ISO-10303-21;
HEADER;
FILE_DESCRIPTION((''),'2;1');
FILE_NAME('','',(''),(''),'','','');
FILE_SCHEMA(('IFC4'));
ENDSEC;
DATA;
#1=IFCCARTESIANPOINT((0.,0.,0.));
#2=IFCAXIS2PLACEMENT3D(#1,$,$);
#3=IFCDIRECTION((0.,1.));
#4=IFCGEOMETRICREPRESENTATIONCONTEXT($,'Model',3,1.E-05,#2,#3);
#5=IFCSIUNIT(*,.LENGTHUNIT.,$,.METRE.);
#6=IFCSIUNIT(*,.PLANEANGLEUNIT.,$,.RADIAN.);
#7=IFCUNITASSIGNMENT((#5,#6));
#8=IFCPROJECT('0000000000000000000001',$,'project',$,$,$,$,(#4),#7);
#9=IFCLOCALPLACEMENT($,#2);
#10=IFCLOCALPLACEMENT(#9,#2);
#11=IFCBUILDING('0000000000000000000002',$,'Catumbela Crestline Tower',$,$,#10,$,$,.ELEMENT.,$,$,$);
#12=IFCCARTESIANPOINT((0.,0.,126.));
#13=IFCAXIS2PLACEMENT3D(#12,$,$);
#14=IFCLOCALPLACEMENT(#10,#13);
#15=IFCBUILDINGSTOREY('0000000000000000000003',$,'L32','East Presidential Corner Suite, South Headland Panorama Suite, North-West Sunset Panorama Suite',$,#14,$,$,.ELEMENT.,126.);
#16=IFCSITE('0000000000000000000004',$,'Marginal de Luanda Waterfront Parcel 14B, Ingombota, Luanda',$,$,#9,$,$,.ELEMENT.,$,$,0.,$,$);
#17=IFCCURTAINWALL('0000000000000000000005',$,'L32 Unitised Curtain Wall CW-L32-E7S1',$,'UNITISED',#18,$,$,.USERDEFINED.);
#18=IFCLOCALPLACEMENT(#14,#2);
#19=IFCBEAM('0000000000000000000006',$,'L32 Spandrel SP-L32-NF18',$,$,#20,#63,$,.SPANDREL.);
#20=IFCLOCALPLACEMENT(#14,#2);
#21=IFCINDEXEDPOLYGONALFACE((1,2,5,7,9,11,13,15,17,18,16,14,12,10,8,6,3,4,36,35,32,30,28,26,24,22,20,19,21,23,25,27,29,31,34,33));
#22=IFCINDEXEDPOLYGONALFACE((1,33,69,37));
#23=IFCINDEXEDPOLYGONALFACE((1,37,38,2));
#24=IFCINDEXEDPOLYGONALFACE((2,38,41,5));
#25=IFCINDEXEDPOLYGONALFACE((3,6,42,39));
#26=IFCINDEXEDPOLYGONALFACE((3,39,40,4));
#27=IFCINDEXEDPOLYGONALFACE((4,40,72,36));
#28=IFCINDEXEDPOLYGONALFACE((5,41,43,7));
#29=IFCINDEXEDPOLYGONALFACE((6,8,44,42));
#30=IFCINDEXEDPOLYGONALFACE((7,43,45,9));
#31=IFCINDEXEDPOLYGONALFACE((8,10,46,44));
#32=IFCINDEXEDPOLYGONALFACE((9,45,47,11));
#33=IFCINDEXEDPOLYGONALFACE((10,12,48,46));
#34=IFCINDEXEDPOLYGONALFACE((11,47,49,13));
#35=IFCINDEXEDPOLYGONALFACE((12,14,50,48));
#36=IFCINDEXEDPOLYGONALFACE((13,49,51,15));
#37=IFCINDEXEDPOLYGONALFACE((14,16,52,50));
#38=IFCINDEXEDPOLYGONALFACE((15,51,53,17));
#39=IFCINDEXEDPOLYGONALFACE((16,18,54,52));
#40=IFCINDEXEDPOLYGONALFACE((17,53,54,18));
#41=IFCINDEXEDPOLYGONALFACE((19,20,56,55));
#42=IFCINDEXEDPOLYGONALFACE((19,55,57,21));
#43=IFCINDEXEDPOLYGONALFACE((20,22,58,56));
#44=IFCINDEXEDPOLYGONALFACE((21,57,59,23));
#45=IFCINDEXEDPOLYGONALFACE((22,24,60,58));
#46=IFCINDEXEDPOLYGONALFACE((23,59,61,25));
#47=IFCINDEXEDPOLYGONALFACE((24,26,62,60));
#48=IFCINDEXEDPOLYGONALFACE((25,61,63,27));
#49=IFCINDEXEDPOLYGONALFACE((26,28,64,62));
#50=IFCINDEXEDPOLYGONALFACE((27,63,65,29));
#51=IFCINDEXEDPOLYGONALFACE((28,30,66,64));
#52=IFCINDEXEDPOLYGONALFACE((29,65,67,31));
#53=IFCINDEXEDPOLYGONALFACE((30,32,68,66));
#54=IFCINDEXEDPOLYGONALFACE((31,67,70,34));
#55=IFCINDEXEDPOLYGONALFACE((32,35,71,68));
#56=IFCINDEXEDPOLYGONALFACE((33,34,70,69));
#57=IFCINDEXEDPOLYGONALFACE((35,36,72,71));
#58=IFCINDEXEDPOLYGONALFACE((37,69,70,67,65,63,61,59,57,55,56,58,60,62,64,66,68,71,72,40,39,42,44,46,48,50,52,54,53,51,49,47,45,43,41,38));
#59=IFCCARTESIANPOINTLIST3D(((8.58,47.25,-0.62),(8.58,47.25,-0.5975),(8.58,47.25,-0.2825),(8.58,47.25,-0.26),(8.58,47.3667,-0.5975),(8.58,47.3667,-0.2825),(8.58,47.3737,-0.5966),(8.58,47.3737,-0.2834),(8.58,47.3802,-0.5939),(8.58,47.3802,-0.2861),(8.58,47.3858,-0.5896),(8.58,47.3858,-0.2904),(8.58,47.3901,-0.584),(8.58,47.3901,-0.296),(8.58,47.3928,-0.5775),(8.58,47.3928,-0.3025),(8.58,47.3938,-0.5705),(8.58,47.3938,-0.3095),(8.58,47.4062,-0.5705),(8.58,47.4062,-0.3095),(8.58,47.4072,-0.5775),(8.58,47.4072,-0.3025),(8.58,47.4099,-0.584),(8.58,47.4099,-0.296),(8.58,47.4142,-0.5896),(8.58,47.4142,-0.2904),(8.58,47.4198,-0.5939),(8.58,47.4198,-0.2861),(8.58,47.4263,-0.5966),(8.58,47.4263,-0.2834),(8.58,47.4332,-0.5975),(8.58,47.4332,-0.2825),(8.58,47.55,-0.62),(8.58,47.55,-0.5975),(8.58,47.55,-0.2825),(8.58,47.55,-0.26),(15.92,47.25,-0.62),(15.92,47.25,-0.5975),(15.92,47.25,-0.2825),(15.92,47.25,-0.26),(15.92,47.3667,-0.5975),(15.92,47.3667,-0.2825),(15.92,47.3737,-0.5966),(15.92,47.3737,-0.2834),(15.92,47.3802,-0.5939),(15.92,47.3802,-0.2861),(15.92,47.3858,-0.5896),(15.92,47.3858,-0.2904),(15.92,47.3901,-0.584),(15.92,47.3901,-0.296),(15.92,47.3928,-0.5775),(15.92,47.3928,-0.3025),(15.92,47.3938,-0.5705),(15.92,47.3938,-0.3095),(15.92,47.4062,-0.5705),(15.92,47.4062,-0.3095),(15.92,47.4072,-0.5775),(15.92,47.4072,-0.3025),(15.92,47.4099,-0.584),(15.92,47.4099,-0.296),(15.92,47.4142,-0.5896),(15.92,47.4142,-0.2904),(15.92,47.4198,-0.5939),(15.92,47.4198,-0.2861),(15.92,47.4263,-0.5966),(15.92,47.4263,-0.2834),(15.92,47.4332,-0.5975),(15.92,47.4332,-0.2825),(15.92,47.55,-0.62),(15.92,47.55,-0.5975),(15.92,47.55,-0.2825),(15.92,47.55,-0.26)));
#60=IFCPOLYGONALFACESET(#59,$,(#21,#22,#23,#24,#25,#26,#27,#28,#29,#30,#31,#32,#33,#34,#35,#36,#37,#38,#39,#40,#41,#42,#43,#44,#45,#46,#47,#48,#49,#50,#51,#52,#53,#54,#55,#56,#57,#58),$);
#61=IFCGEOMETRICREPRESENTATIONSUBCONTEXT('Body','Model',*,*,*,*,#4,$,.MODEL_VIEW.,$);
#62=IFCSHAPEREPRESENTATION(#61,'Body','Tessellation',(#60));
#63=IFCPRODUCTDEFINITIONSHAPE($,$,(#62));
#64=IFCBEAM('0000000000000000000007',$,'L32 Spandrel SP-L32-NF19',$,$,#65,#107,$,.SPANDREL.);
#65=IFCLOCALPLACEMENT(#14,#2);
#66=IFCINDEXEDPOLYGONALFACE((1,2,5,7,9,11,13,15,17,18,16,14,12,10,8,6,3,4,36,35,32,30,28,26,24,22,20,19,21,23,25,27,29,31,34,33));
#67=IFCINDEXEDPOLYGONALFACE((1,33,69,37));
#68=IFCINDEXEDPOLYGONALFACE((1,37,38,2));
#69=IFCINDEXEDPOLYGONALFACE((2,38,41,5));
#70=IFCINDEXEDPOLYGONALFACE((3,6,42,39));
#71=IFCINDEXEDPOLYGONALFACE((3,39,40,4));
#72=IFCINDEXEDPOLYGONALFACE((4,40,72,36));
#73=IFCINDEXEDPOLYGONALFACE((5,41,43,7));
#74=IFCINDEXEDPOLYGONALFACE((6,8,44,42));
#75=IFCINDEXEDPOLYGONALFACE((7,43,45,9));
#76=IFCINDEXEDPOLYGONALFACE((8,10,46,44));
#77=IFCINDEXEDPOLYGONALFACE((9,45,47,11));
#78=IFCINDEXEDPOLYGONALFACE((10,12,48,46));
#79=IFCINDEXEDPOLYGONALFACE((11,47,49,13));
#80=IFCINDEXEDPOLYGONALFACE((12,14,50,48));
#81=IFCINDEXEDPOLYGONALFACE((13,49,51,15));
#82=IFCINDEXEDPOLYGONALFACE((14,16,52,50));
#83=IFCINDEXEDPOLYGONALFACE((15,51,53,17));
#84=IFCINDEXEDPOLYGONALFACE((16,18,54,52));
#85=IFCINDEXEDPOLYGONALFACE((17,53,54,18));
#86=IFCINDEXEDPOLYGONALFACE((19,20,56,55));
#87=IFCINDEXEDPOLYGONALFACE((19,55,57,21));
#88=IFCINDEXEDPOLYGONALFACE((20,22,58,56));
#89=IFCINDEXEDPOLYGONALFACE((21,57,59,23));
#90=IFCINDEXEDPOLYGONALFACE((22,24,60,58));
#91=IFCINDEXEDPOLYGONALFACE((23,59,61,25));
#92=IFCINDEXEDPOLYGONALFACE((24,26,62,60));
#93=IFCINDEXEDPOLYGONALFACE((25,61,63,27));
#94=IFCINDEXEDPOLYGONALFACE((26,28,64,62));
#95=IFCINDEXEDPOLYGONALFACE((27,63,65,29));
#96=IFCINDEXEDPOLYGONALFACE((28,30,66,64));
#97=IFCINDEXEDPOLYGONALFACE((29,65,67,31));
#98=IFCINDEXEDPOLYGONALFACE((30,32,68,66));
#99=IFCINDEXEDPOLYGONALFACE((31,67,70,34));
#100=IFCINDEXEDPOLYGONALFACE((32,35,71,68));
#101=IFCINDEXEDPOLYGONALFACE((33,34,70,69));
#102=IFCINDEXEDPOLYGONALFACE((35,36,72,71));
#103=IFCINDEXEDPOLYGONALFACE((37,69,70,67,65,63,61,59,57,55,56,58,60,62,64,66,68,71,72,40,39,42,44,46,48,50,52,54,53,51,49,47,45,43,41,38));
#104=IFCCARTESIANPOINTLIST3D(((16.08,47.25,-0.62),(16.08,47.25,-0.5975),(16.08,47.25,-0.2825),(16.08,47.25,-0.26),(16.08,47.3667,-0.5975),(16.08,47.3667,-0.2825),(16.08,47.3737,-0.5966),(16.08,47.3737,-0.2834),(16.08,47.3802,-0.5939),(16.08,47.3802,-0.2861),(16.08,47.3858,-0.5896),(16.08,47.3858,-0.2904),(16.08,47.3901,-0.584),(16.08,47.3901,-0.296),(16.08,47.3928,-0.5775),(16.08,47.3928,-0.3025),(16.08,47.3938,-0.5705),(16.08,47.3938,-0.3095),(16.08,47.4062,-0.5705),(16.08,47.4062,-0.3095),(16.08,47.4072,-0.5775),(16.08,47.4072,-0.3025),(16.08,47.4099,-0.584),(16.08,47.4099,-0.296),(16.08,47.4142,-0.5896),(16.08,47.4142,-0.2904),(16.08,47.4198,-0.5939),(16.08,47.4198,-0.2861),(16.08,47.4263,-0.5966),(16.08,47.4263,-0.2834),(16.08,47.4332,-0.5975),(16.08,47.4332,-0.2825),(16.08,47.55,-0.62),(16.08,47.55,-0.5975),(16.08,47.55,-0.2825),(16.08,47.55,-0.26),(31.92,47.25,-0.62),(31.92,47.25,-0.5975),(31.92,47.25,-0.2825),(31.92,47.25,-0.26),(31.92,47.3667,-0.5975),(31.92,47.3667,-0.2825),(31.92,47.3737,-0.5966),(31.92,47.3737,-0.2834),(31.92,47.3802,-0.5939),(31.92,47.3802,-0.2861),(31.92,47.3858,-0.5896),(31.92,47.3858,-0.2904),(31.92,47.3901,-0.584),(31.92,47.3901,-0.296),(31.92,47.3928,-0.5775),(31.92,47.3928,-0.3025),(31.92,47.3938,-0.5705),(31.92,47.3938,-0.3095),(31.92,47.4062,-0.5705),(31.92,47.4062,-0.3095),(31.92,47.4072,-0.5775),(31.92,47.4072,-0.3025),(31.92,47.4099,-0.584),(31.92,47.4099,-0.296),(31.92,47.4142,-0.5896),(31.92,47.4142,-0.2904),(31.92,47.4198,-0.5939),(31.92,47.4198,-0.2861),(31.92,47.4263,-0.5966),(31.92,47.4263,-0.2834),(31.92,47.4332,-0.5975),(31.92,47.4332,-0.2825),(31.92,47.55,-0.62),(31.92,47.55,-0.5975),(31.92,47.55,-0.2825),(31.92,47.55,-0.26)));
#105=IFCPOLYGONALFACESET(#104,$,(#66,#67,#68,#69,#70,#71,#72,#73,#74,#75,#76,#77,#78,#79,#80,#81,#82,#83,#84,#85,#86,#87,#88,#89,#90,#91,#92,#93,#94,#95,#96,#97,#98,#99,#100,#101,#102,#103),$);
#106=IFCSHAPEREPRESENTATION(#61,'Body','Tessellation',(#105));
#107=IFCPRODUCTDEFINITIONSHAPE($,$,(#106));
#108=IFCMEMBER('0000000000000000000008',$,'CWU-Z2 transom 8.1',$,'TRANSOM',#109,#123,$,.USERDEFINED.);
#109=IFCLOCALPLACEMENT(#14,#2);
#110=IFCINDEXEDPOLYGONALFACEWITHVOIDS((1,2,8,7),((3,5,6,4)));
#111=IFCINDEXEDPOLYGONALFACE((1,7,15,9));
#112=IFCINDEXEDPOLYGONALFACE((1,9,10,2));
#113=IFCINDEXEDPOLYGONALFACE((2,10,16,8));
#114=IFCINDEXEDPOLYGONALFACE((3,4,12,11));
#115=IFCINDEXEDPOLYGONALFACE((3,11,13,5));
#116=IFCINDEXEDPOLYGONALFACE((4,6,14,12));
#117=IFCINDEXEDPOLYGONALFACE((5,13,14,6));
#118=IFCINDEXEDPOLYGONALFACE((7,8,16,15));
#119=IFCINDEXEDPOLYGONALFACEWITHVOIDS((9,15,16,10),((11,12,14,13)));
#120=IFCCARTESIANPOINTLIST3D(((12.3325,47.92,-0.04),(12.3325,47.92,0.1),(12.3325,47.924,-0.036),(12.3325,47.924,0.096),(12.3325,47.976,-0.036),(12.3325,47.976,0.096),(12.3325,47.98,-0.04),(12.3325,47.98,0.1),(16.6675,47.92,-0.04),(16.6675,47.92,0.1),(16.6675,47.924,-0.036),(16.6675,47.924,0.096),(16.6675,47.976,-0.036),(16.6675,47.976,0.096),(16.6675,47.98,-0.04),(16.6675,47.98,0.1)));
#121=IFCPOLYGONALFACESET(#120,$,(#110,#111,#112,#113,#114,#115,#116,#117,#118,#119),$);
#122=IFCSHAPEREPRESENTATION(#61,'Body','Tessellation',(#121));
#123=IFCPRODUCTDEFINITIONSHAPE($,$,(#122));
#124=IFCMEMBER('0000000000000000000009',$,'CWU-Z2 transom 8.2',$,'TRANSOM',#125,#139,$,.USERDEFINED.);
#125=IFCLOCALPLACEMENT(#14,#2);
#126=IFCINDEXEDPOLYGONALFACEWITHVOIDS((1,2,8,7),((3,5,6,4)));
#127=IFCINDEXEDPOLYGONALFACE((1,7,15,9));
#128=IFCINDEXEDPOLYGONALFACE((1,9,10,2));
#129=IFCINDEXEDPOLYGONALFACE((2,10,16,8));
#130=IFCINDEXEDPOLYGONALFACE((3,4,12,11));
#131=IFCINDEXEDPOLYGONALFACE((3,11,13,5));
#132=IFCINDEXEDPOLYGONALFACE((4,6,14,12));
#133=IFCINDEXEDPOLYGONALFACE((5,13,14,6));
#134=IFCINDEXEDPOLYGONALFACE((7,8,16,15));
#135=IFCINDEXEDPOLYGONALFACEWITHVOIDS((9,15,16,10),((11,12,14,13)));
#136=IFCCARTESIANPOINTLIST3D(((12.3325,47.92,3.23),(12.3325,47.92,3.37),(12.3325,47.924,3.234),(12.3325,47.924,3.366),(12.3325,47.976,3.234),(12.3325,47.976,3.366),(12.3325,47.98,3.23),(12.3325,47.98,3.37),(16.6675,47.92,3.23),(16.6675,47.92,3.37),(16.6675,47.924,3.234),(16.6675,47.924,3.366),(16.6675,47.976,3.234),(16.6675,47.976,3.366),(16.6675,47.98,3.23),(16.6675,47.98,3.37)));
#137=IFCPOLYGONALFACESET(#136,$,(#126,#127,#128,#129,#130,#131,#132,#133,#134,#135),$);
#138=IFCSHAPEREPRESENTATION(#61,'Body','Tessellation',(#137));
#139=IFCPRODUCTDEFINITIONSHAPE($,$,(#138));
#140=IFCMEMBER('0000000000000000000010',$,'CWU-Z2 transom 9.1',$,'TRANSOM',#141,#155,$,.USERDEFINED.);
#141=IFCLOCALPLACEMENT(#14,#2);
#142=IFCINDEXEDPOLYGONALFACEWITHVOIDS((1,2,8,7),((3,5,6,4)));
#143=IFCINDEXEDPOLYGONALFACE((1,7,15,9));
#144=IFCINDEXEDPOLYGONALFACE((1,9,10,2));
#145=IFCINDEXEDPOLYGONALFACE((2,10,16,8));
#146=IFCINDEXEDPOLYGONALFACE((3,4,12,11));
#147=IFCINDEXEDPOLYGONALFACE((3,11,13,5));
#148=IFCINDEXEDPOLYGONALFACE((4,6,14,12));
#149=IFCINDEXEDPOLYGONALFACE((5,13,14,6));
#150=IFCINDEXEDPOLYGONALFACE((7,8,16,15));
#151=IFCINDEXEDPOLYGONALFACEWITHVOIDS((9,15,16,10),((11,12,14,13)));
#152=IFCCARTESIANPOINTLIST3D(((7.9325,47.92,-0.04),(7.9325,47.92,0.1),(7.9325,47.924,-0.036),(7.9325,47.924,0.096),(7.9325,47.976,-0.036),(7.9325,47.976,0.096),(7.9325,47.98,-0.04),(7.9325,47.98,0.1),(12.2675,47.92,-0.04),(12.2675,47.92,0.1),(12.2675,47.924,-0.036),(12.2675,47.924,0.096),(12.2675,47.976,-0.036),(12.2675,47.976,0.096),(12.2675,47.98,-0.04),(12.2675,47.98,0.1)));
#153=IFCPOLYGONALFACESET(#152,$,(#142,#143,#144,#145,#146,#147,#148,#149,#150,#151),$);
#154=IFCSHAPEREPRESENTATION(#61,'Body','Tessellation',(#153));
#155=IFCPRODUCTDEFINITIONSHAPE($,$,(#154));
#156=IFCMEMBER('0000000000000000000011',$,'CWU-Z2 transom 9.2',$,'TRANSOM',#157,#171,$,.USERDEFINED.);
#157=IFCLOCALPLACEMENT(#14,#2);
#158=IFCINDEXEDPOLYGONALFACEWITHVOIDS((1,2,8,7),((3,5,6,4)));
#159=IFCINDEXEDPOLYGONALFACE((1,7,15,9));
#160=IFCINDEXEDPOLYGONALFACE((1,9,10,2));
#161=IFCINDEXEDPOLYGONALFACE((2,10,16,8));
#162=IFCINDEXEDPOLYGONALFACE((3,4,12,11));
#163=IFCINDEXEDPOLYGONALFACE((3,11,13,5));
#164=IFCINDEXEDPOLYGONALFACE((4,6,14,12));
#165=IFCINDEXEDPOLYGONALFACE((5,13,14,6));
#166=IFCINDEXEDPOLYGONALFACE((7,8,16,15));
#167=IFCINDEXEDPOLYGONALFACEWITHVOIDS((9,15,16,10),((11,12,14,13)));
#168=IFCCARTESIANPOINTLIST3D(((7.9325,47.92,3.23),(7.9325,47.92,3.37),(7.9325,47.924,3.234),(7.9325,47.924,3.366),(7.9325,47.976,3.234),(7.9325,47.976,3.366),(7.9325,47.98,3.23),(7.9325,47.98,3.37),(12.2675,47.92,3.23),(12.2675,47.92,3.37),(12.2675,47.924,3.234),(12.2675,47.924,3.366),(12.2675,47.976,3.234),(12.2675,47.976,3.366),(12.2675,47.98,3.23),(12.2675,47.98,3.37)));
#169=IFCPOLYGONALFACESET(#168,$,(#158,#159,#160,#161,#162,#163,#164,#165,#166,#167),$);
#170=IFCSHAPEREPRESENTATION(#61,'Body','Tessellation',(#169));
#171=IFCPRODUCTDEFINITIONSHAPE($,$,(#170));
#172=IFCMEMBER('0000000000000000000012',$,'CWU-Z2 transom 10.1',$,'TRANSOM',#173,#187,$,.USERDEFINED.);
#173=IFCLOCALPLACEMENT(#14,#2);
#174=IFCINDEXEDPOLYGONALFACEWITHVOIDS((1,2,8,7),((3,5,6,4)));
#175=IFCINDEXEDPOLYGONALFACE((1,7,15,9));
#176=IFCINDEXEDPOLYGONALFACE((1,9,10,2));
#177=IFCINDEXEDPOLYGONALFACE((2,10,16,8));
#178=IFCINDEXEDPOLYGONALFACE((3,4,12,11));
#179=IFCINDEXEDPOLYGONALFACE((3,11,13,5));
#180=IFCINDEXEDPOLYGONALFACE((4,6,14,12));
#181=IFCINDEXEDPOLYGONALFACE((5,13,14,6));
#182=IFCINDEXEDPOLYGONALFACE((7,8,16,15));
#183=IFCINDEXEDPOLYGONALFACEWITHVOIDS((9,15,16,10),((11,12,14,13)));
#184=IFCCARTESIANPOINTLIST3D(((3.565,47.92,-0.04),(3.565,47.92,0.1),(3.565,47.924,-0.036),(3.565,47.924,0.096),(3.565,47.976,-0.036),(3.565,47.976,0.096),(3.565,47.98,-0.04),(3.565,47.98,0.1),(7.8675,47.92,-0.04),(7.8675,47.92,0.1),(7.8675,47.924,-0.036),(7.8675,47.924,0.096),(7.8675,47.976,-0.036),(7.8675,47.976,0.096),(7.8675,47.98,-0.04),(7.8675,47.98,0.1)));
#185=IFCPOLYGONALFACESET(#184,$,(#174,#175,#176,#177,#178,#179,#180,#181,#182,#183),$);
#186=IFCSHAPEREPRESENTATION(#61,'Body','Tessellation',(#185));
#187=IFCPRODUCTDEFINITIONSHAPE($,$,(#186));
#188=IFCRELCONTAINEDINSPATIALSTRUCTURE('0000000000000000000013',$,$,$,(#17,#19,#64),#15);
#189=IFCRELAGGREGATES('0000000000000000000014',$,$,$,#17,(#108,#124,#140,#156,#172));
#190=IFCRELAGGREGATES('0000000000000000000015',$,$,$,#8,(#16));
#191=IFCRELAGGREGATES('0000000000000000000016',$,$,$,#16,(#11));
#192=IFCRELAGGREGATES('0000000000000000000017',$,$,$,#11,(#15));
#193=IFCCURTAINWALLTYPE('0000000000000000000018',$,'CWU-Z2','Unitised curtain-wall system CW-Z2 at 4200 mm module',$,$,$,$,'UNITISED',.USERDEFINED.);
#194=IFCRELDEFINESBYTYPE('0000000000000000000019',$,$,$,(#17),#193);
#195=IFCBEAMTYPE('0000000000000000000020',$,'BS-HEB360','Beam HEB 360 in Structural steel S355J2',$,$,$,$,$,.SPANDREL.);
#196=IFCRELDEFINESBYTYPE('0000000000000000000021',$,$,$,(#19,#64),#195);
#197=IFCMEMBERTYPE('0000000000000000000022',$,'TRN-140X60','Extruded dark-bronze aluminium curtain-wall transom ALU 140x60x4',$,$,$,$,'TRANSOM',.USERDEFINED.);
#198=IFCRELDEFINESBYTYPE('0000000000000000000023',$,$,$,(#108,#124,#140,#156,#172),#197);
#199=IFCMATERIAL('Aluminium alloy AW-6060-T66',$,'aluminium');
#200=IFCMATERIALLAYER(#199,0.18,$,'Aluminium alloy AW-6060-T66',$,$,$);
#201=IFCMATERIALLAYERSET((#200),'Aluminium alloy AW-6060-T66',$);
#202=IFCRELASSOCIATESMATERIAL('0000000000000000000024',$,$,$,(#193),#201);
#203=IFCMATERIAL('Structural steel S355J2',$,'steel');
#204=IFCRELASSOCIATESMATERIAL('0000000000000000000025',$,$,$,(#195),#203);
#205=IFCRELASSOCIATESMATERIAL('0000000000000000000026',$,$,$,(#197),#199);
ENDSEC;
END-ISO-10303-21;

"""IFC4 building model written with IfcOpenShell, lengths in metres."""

from ifc_helpers import new_model, si_unit, direction, frame, origin, origin_2d, place, context, subcontext, project, spatial, hollow_rectangle, i_section, extrude, material, layer, layer_set, material_profile, profile_set, type_object, element, aggregate, save


model = new_model("IFC4")

# Units and contexts
model_context = context("Model", 3, precision=1e-05, world=origin(), true_north=direction((0.0, 1.0)))
body_context = subcontext(model_context, "Body", "Model", "MODEL_VIEW")
ifc_project = project(units=[si_unit("LENGTHUNIT", "METRE"), si_unit("PLANEANGLEUNIT", "RADIAN")], contexts=[model_context])

# Site, building, storey
site_placement = place(None, origin())
site = spatial("IfcSite", under=ifc_project, at=site_placement, Name="Marginal de Luanda Waterfront Parcel 14B, Ingombota, Luanda", CompositionType="ELEMENT", RefElevation=0.0)
building_placement = place(site_placement, origin())
building = spatial("IfcBuilding", under=site, at=building_placement, Name="Catumbela Crestline Tower", CompositionType="ELEMENT")
storey_placement = place(building_placement, frame((0.0, 0.0, 126.0)))
storey = spatial("IfcBuildingStorey", under=building, at=storey_placement, Name="L32", Description="East Presidential Corner Suite, South Headland Panorama Suite, North-West Sunset Panorama Suite", CompositionType="ELEMENT", Elevation=126.0)

# Curtain wall
ifc_material_1 = material(Name="Aluminium alloy AW-6060-T66", Category="aluminium")
ifc_layer_1 = layer(ifc_material_1, 0.18, Name="Aluminium alloy AW-6060-T66")
ifc_layer_set_1 = layer_set([ifc_layer_1], Name="Aluminium alloy AW-6060-T66")
curtain_wall_type = type_object("IfcCurtainWallType", Name="CWU-Z2", Description="Unitised curtain-wall system CW-Z2 at 4200 mm module", ElementType="UNITISED", PredefinedType="USERDEFINED", material=ifc_layer_set_1)
curtain_wall_placement = place(storey_placement, origin())
curtain_wall = element("IfcCurtainWall", 1, at=curtain_wall_placement, inside=storey, type_object=curtain_wall_type, Name="L32 Unitised Curtain Wall CW-L32-E7S1", ObjectType="UNITISED", PredefinedType="USERDEFINED")

# Beams
ifc_material_2 = material(Name="Structural steel S355J2", Category="steel")
ifc_material_profile_1 = material_profile(ifc_material_2, i_section(OverallWidth=0.3, OverallDepth=0.36, WebThickness=0.0125, FlangeThickness=0.0225, FilletRadius=0.027, at=origin_2d()), Name="HEB 360")
ifc_profile_set_1 = profile_set([ifc_material_profile_1], Name="Structural steel S355J2")
beam_type = type_object("IfcBeamType", Name="BS-HEB360", Description="Beam HEB 360 in Structural steel S355J2", PredefinedType="SPANDREL", material=ifc_profile_set_1)
beam_1_placement = place(storey_placement, frame((8.58, 47.4, -0.44), z_axis=(1.0, 0.0, 0.0), x_axis=(0.0, 1.0, 0.0)))
element("IfcBeam", 2, at=beam_1_placement, inside=storey, type_object=beam_type, Name="L32 Spandrel SP-L32-NF18", PredefinedType="SPANDREL", context=body_context, shape_type="SweptSolid", body=[
    extrude(i_section(OverallWidth=0.3, OverallDepth=0.36, WebThickness=0.0125, FlangeThickness=0.0225, FilletRadius=0.027, at=origin_2d()), origin(), (0.0, 0.0, 1.0), 7.34),
])
beam_2_placement = place(storey_placement, frame((16.08, 47.4, -0.44), z_axis=(1.0, 0.0, 0.0), x_axis=(0.0, 1.0, 0.0)))
element("IfcBeam", 3, at=beam_2_placement, inside=storey, type_object=beam_type, Name="L32 Spandrel SP-L32-NF19", PredefinedType="SPANDREL", context=body_context, shape_type="SweptSolid", body=[
    extrude(i_section(OverallWidth=0.3, OverallDepth=0.36, WebThickness=0.0125, FlangeThickness=0.0225, FilletRadius=0.027, at=origin_2d()), origin(), (0.0, 0.0, 1.0), 15.84),
])

# Members
ifc_material_profile_2 = material_profile(ifc_material_1, hollow_rectangle(XDim=0.06, YDim=0.14, WallThickness=0.004, at=origin_2d()), Name="ALU 140x60x4")
ifc_profile_set_2 = profile_set([ifc_material_profile_2], Name="Aluminium alloy AW-6060-T66")
member_type_1 = type_object("IfcMemberType", Name="TRN-140X60", Description="Extruded dark-bronze aluminium curtain-wall transom ALU 140x60x4", ElementType="TRANSOM", PredefinedType="USERDEFINED", material=ifc_profile_set_2)
member_1_placement = place(storey_placement, frame((16.6675, 47.95, 0.03), z_axis=(-1.0, 0.0, 0.0), x_axis=(0.0, -1.0, 0.0)))
member_1 = element("IfcMember", 4, at=member_1_placement, type_object=member_type_1, Name="CWU-Z2 transom 8.1", ObjectType="TRANSOM", PredefinedType="USERDEFINED", context=body_context, shape_type="SweptSolid", body=[
    extrude(hollow_rectangle(XDim=0.06, YDim=0.14, WallThickness=0.004, at=origin_2d()), origin(), (0.0, 0.0, 1.0), 4.335),
])
member_2_placement = place(storey_placement, frame((16.6675, 47.95, 3.3), z_axis=(-1.0, 0.0, 0.0), x_axis=(0.0, -1.0, 0.0)))
member_2 = element("IfcMember", 5, at=member_2_placement, type_object=member_type_1, Name="CWU-Z2 transom 8.2", ObjectType="TRANSOM", PredefinedType="USERDEFINED", context=body_context, shape_type="SweptSolid", body=[
    extrude(hollow_rectangle(XDim=0.06, YDim=0.14, WallThickness=0.004, at=origin_2d()), origin(), (0.0, 0.0, 1.0), 4.335),
])
member_3_placement = place(storey_placement, frame((12.2675, 47.95, 0.03), z_axis=(-1.0, 0.0, 0.0), x_axis=(0.0, -1.0, 0.0)))
member_3 = element("IfcMember", 6, at=member_3_placement, type_object=member_type_1, Name="CWU-Z2 transom 9.1", ObjectType="TRANSOM", PredefinedType="USERDEFINED", context=body_context, shape_type="SweptSolid", body=[
    extrude(hollow_rectangle(XDim=0.06, YDim=0.14, WallThickness=0.004, at=origin_2d()), origin(), (0.0, 0.0, 1.0), 4.335),
])
member_4_placement = place(storey_placement, frame((12.2675, 47.95, 3.3), z_axis=(-1.0, 0.0, 0.0), x_axis=(0.0, -1.0, 0.0)))
member_4 = element("IfcMember", 7, at=member_4_placement, type_object=member_type_1, Name="CWU-Z2 transom 9.2", ObjectType="TRANSOM", PredefinedType="USERDEFINED", context=body_context, shape_type="SweptSolid", body=[
    extrude(hollow_rectangle(XDim=0.06, YDim=0.14, WallThickness=0.004, at=origin_2d()), origin(), (0.0, 0.0, 1.0), 4.335),
])
member_5_placement = place(storey_placement, frame((7.8675, 47.95, 0.03), z_axis=(-1.0, 0.0, 0.0), x_axis=(0.0, -1.0, 0.0)))
member_5 = element("IfcMember", 8, at=member_5_placement, type_object=member_type_1, Name="CWU-Z2 transom 10.1", ObjectType="TRANSOM", PredefinedType="USERDEFINED", context=body_context, shape_type="SweptSolid", body=[
    extrude(hollow_rectangle(XDim=0.06, YDim=0.14, WallThickness=0.004, at=origin_2d()), origin(), (0.0, 0.0, 1.0), 4.3025),
])

aggregate(curtain_wall, [member_1, member_2, member_3, member_4, member_5])

save(model, "model.ifc")
